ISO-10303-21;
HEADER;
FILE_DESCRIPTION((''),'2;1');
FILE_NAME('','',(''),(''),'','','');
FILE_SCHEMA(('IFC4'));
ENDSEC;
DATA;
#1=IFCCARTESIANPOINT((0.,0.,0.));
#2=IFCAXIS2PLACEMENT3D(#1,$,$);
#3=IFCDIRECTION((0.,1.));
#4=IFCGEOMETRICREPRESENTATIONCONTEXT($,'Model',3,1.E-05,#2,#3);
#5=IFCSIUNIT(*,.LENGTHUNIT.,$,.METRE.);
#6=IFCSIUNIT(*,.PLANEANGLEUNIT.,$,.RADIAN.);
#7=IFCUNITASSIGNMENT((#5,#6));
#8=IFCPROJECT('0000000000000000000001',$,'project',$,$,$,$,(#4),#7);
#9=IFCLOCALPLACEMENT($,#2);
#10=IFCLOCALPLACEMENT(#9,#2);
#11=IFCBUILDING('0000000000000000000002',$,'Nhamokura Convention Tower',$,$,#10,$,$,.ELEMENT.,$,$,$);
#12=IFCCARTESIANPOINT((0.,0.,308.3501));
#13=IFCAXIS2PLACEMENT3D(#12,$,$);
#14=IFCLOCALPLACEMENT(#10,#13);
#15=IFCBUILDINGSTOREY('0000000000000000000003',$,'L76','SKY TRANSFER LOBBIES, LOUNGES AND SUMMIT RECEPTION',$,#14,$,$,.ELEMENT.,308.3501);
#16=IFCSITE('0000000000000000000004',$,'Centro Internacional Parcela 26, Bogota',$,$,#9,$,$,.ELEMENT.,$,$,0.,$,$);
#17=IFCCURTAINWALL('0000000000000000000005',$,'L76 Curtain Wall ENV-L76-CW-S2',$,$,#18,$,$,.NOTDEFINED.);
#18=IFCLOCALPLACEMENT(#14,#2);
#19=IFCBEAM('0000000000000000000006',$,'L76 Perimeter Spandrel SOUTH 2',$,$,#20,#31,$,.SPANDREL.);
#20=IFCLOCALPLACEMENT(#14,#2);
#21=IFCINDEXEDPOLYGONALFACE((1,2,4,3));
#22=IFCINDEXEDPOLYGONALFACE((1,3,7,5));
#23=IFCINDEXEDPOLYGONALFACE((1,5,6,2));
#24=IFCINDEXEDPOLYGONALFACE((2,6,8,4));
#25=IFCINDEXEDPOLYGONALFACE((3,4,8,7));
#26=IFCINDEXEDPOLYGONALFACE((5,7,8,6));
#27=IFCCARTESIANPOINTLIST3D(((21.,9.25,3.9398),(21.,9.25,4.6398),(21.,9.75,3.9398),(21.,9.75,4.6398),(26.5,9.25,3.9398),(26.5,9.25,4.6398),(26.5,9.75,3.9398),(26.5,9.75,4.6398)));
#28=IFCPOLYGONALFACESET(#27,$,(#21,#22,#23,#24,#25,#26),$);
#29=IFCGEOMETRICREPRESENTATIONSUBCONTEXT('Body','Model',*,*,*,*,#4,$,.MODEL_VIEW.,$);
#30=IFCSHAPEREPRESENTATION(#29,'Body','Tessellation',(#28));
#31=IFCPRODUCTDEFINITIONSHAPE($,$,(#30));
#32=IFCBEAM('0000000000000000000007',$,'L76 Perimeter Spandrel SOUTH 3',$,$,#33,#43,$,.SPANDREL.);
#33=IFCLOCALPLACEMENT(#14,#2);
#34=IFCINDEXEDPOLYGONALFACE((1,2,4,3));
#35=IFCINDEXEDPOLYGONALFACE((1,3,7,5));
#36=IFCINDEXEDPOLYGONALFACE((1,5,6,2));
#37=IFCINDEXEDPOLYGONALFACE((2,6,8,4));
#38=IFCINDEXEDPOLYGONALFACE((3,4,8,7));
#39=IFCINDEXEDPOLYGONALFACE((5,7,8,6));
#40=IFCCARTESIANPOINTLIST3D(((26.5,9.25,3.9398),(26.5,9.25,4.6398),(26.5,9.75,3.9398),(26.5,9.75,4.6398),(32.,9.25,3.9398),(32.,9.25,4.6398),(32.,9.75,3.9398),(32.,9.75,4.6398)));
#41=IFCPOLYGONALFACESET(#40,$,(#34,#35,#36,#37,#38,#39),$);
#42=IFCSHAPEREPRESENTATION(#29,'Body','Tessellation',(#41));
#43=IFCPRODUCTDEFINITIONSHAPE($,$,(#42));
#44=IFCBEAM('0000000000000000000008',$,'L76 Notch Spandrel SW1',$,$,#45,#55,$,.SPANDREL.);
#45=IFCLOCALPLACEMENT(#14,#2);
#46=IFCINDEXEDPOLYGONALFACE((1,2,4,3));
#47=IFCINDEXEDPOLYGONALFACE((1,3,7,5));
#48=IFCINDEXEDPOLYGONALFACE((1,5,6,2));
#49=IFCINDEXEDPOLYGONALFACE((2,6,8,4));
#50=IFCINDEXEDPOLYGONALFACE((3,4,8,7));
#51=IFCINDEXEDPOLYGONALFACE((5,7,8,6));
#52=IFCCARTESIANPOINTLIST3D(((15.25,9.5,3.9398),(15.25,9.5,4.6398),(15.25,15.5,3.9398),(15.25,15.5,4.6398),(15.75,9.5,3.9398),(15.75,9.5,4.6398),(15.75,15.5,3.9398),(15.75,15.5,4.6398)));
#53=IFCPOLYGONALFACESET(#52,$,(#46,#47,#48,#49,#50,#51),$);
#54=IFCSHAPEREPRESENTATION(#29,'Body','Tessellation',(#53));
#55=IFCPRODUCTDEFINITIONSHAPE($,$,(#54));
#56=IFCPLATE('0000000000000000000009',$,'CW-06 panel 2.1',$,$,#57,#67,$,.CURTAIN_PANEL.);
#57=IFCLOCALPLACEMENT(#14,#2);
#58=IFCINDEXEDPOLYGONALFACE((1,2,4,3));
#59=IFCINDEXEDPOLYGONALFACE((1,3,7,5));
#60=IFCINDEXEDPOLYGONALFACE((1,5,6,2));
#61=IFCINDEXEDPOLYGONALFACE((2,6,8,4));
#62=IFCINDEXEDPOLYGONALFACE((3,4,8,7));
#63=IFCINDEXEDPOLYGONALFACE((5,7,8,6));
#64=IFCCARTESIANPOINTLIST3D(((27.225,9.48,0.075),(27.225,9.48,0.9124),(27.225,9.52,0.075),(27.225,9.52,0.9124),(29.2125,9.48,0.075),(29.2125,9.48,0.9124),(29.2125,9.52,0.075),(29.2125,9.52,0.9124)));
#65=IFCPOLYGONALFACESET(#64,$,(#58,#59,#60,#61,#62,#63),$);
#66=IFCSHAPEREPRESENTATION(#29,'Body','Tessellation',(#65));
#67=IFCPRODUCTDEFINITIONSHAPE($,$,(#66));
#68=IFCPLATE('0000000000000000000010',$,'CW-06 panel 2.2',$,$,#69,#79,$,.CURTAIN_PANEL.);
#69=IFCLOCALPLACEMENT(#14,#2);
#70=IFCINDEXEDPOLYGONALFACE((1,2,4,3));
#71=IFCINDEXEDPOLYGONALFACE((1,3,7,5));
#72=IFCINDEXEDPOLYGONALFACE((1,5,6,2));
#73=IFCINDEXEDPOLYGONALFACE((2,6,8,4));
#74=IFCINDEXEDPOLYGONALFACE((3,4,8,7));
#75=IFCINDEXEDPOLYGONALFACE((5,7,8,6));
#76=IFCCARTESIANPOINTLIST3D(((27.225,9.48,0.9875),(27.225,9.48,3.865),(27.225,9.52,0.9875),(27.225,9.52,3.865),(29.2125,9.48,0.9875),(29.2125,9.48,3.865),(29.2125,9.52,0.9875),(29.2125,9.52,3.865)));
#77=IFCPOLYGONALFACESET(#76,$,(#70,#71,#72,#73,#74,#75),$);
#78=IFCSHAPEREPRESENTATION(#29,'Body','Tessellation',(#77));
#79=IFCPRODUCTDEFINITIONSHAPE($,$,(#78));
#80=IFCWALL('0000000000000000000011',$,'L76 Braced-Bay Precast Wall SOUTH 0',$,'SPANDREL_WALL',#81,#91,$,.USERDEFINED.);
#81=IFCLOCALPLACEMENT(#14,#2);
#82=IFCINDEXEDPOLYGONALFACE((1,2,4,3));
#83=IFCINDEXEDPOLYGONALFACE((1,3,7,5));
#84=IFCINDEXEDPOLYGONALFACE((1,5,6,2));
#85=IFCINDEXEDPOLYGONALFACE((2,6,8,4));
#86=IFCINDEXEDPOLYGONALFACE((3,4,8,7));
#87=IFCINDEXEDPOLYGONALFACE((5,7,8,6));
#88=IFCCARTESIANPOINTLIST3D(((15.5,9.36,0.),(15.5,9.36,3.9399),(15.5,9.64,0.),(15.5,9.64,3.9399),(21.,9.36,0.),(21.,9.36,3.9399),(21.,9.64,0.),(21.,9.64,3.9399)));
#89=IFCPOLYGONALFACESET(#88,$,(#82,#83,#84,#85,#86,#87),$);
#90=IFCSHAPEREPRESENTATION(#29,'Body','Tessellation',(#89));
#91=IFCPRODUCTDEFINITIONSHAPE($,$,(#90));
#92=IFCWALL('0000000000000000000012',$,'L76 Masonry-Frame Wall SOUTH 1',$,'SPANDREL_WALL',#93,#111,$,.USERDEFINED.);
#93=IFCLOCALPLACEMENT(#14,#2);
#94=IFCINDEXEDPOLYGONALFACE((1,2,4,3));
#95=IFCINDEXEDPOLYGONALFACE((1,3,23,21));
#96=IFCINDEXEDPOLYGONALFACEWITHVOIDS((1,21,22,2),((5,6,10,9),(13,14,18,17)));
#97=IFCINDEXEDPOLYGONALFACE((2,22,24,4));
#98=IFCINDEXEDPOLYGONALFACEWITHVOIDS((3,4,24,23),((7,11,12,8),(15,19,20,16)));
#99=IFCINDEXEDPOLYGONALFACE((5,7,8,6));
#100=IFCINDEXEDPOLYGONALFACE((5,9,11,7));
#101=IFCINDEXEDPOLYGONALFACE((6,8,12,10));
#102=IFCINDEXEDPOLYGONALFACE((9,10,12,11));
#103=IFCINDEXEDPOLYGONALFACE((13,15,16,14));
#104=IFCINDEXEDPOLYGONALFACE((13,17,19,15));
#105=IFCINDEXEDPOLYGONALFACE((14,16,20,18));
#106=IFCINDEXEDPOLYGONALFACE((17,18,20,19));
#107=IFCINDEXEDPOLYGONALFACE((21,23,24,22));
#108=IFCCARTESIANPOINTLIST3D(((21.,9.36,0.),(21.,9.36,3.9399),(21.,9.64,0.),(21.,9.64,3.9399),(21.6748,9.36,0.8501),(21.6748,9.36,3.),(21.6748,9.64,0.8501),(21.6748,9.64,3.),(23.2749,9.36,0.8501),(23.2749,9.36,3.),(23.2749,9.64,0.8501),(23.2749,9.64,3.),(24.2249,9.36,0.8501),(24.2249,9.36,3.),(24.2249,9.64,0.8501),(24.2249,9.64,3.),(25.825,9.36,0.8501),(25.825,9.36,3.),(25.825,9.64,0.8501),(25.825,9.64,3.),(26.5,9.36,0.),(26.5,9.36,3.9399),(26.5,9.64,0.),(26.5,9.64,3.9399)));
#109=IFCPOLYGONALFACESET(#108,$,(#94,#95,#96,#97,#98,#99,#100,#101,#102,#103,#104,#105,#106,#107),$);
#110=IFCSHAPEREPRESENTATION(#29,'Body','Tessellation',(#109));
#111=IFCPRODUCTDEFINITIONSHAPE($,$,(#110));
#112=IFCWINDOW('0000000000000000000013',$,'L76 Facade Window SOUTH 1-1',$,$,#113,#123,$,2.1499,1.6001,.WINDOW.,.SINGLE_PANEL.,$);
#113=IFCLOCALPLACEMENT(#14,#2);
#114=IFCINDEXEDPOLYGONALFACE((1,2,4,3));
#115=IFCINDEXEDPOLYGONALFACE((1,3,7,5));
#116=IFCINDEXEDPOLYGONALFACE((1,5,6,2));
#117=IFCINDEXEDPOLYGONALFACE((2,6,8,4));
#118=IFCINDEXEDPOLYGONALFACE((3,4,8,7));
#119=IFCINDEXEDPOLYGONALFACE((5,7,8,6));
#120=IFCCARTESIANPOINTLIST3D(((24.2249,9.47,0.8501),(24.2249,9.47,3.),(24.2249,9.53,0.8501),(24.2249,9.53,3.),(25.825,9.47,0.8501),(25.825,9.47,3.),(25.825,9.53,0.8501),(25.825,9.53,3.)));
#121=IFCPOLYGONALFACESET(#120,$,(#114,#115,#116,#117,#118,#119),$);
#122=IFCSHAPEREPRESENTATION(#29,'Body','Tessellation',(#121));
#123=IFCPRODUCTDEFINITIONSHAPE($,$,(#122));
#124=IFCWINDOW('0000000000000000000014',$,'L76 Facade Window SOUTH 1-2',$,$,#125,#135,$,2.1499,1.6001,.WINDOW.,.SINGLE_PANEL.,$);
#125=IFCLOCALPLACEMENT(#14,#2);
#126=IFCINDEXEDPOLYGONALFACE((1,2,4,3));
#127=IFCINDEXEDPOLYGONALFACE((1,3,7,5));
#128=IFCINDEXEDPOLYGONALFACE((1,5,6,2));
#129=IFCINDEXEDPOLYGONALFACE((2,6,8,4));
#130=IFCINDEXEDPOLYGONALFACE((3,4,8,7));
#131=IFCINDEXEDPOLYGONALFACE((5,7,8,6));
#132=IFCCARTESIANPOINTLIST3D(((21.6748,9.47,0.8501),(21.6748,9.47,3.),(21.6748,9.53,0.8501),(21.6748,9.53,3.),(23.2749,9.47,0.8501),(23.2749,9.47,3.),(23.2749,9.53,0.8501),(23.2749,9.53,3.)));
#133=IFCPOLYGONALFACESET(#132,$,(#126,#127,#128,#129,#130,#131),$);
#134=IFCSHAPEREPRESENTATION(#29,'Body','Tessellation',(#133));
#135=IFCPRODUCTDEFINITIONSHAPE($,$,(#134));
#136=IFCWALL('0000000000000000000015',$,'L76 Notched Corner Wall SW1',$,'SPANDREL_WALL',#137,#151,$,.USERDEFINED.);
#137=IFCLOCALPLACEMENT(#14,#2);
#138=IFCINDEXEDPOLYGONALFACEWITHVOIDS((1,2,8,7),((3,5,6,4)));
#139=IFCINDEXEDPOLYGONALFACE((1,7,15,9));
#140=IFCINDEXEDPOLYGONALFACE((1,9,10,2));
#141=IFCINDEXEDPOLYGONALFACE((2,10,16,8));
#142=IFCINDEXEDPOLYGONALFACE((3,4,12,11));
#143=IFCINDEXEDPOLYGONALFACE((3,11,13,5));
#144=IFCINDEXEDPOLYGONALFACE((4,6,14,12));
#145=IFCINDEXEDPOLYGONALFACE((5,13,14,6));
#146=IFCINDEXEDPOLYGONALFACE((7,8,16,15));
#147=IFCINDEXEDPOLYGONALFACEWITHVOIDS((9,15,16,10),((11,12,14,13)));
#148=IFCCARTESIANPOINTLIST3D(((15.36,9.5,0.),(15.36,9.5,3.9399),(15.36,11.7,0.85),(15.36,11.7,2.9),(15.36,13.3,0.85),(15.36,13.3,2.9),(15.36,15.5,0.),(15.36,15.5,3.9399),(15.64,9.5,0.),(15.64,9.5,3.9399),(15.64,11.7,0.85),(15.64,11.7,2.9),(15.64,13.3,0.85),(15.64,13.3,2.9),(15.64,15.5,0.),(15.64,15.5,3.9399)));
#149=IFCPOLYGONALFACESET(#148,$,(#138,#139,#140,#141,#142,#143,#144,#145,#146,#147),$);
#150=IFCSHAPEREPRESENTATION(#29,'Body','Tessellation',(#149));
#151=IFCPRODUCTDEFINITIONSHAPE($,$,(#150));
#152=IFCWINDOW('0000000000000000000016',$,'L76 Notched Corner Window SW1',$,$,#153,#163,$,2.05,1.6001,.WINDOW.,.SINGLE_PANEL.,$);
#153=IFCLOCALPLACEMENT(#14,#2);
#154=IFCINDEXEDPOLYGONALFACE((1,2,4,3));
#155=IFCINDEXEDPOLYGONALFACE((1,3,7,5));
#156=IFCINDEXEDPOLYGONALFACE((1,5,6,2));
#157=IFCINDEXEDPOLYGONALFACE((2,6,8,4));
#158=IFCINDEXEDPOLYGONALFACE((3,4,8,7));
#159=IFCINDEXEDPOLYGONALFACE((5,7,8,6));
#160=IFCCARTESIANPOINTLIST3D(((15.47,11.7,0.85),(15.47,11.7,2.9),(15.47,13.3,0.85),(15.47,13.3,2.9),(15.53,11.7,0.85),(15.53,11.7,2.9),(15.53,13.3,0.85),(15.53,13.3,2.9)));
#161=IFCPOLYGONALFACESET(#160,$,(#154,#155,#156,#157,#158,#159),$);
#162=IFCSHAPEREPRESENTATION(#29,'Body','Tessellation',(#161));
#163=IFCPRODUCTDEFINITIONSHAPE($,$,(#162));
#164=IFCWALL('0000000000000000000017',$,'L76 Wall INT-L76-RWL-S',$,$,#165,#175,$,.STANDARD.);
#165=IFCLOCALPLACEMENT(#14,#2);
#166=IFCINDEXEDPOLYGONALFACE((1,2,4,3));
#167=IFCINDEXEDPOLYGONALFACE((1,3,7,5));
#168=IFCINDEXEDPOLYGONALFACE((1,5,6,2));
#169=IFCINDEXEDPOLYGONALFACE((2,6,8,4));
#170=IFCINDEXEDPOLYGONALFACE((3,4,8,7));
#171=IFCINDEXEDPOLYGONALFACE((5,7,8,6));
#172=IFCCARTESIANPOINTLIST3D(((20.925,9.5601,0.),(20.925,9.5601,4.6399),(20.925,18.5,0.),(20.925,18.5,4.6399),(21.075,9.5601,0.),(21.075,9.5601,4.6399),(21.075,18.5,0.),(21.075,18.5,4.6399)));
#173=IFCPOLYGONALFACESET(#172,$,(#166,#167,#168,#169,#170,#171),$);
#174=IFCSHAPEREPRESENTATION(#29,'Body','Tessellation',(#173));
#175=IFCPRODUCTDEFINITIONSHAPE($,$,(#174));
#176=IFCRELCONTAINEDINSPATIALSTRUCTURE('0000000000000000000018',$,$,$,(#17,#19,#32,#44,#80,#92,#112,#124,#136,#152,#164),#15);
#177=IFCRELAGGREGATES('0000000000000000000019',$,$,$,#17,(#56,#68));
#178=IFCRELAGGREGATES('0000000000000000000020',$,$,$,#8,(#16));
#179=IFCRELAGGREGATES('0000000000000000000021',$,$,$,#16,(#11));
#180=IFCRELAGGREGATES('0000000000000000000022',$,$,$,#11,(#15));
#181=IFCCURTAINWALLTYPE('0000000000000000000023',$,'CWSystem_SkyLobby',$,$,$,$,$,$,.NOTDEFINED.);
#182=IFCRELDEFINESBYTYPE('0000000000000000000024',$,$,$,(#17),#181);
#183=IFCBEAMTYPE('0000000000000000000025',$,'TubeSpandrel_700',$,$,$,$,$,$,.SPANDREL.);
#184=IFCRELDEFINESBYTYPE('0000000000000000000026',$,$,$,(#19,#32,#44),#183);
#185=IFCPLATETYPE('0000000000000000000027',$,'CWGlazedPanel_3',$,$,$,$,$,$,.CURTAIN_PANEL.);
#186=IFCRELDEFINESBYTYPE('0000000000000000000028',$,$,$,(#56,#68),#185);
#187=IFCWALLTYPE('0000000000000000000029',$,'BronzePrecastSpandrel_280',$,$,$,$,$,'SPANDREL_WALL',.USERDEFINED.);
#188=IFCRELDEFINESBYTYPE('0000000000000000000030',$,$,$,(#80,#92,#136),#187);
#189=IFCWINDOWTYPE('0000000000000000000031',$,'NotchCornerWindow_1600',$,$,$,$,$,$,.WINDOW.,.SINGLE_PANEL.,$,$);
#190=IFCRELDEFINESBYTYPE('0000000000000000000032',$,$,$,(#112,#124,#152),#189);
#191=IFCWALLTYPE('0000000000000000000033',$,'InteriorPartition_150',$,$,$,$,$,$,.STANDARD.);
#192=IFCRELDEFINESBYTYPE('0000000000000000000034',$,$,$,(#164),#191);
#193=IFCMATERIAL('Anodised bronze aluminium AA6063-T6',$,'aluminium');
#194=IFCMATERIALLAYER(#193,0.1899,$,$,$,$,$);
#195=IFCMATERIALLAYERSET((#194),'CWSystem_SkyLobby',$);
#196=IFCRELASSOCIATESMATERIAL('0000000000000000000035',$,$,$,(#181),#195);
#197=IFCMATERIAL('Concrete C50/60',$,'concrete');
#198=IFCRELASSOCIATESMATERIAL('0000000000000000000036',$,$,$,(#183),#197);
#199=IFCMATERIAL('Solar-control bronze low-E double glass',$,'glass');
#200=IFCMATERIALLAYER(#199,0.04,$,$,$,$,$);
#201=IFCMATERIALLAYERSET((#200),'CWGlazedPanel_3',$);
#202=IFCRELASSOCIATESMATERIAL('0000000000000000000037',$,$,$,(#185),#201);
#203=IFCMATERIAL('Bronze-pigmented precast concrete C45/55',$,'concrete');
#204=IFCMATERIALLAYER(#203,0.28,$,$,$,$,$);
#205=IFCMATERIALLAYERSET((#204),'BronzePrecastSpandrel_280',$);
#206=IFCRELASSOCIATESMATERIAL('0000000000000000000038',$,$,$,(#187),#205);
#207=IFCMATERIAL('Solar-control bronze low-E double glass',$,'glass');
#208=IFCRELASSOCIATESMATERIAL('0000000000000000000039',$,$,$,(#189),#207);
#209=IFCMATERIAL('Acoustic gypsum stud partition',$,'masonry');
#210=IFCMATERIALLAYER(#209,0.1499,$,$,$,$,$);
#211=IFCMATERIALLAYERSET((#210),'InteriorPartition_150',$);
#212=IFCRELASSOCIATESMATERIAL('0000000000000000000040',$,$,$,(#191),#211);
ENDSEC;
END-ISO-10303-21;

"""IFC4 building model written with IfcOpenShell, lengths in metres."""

from ifc_helpers import new_model, si_unit, direction, frame, frame_2d, origin, origin_2d, place, context, subcontext, project, spatial, rectangle, extrude, material, layer, layer_set, material_profile, profile_set, type_object, element, fill, aggregate, save


model = new_model("IFC4")

# Units and contexts
model_context = context("Model", 3, precision=1e-05, world=origin(), true_north=direction((0.0, 1.0)))
body_context = subcontext(model_context, "Body", "Model", "MODEL_VIEW")
ifc_project = project(units=[si_unit("LENGTHUNIT", "METRE"), si_unit("PLANEANGLEUNIT", "RADIAN")], contexts=[model_context])

# Site, building, storey
site_placement = place(None, origin())
site = spatial("IfcSite", under=ifc_project, at=site_placement, Name="Centro Internacional Parcela 26, Bogota", CompositionType="ELEMENT", RefElevation=0.0)
building_placement = place(site_placement, origin())
building = spatial("IfcBuilding", under=site, at=building_placement, Name="Nhamokura Convention Tower", CompositionType="ELEMENT")
storey_placement = place(building_placement, frame((0.0, 0.0, 308.3501)))
storey = spatial("IfcBuildingStorey", under=building, at=storey_placement, Name="L76", Description="SKY TRANSFER LOBBIES, LOUNGES AND SUMMIT RECEPTION", CompositionType="ELEMENT", Elevation=308.3501)

# Curtain wall
ifc_material_1 = material(Name="Anodised bronze aluminium AA6063-T6", Category="aluminium")
ifc_layer_1 = layer(ifc_material_1, 0.1899)
ifc_layer_set_1 = layer_set([ifc_layer_1], Name="CWSystem_SkyLobby")
curtain_wall_type = type_object("IfcCurtainWallType", Name="CWSystem_SkyLobby", PredefinedType="NOTDEFINED", material=ifc_layer_set_1)
curtain_wall_placement = place(storey_placement, origin())
curtain_wall = element("IfcCurtainWall", 1, at=curtain_wall_placement, inside=storey, type_object=curtain_wall_type, Name="L76 Curtain Wall ENV-L76-CW-S2", PredefinedType="NOTDEFINED")

# Beams
ifc_material_2 = material(Name="Concrete C50/60", Category="concrete")
ifc_material_profile_1 = material_profile(ifc_material_2, rectangle(XDim=0.5, YDim=0.7, at=origin_2d()))
ifc_profile_set_1 = profile_set([ifc_material_profile_1], Name="Concrete C50/60")
beam_type_1 = type_object("IfcBeamType", Name="TubeSpandrel_700", PredefinedType="SPANDREL", material=ifc_profile_set_1)
for number, where, z_axis, x_axis, name in (
    (2, (21.0, 9.5, 4.2898), (1.0, 0.0, 0.0), (0.0, 1.0, 0.0), "L76 Perimeter Spandrel SOUTH 2"),
    (3, (26.5, 9.5, 4.2898), (1.0, 0.0, 0.0), (0.0, 1.0, 0.0), "L76 Perimeter Spandrel SOUTH 3"),
):
    element("IfcBeam", number, at=place(storey_placement, frame(where, z_axis=z_axis, x_axis=x_axis)), inside=storey, type_object=beam_type_1, Name=name, PredefinedType="SPANDREL", context=body_context, shape_type="SweptSolid", body=[
        extrude(rectangle(XDim=0.5, YDim=0.7, at=origin_2d()), origin(), (0.0, 0.0, 1.0), 5.5),
    ])
beam_1_placement = place(storey_placement, frame((15.5, 9.5, 4.2898), z_axis=(0.0, 1.0, 0.0), x_axis=(-1.0, 0.0, 0.0)))
element("IfcBeam", 4, at=beam_1_placement, inside=storey, type_object=beam_type_1, Name="L76 Notch Spandrel SW1", PredefinedType="SPANDREL", context=body_context, shape_type="SweptSolid", body=[
    extrude(rectangle(XDim=0.5, YDim=0.7, at=origin_2d()), origin(), (0.0, 0.0, 1.0), 6.0),
])

# Plates
ifc_material_3 = material(Name="Solar-control bronze low-E double glass", Category="glass")
ifc_layer_2 = layer(ifc_material_3, 0.04)
ifc_layer_set_2 = layer_set([ifc_layer_2], Name="CWGlazedPanel_3")
plate_type = type_object("IfcPlateType", Name="CWGlazedPanel_3", PredefinedType="CURTAIN_PANEL", material=ifc_layer_set_2)
plate_1_placement = place(storey_placement, frame((28.2188, 9.5, 0.075), z_axis=(0.0, 0.0, 1.0), x_axis=(-1.0, 0.0, 0.0)))
plate_1 = element("IfcPlate", 5, at=plate_1_placement, type_object=plate_type, Name="CW-06 panel 2.1", PredefinedType="CURTAIN_PANEL", context=body_context, shape_type="SweptSolid", body=[
    extrude(rectangle(XDim=1.9875, YDim=0.04, at=origin_2d()), origin(), (0.0, 0.0, 1.0), 0.8374),
])
plate_2_placement = place(storey_placement, frame((28.2188, 9.5, 0.9875), z_axis=(0.0, 0.0, 1.0), x_axis=(-1.0, 0.0, 0.0)))
plate_2 = element("IfcPlate", 6, at=plate_2_placement, type_object=plate_type, Name="CW-06 panel 2.2", PredefinedType="CURTAIN_PANEL", context=body_context, shape_type="SweptSolid", body=[
    extrude(rectangle(XDim=1.9875, YDim=0.04, at=origin_2d()), origin(), (0.0, 0.0, 1.0), 2.8774),
])
aggregate(curtain_wall, [plate_1, plate_2])

# Wall
ifc_material_4 = material(Name="Bronze-pigmented precast concrete C45/55", Category="concrete")
ifc_layer_3 = layer(ifc_material_4, 0.28)
ifc_layer_set_3 = layer_set([ifc_layer_3], Name="BronzePrecastSpandrel_280")
wall_type_1 = type_object("IfcWallType", Name="BronzePrecastSpandrel_280", ElementType="SPANDREL_WALL", PredefinedType="USERDEFINED", material=ifc_layer_set_3)
wall_1_placement = place(storey_placement, frame((21.0, 9.5, 0.0), z_axis=(0.0, 0.0, 1.0), x_axis=(-1.0, 0.0, 0.0)))
element("IfcWall", 7, at=wall_1_placement, inside=storey, type_object=wall_type_1, Name="L76 Braced-Bay Precast Wall SOUTH 0", ObjectType="SPANDREL_WALL", PredefinedType="USERDEFINED", context=body_context, shape_type="SweptSolid", body=[
    extrude(rectangle(XDim=5.5, YDim=0.28, at=frame_2d((2.75, 0.0))), origin(), (0.0, 0.0, 1.0), 3.9399),
])

# Wall, openings, windows
wall_2_placement = place(storey_placement, frame((26.5, 9.5, 0.0), z_axis=(0.0, 0.0, 1.0), x_axis=(-1.0, 0.0, 0.0)))
wall_2 = element("IfcWall", 8, at=wall_2_placement, inside=storey, type_object=wall_type_1, Name="L76 Masonry-Frame Wall SOUTH 1", ObjectType="SPANDREL_WALL", PredefinedType="USERDEFINED", context=body_context, shape_type="SweptSolid", body=[
    extrude(rectangle(XDim=5.5, YDim=0.28, at=frame_2d((2.75, 0.0))), origin(), (0.0, 0.0, 1.0), 3.9399),
])
opening_1_placement = place(wall_2_placement, frame((0.675, 0.0, 0.8501)))
opening_1 = element("IfcOpeningElement", 9, at=opening_1_placement, cuts=wall_2, PredefinedType="OPENING", context=body_context, shape_type="SweptSolid", body=[
    extrude(rectangle(XDim=1.6001, YDim=2.1499, at=frame_2d((0.8, 1.075))), frame((0.0, 0.1499, 0.0), z_axis=(0.0, -1.0, 0.0), x_axis=(1.0, 0.0, 0.0)), (0.0, 0.0, 1.0), 0.3),
])
opening_2_placement = place(wall_2_placement, frame((3.2251, 0.0, 0.8501)))
opening_2 = element("IfcOpeningElement", 10, at=opening_2_placement, cuts=wall_2, PredefinedType="OPENING", context=body_context, shape_type="SweptSolid", body=[
    extrude(rectangle(XDim=1.6001, YDim=2.1499, at=frame_2d((0.8, 1.075))), frame((0.0, 0.1499, 0.0), z_axis=(0.0, -1.0, 0.0), x_axis=(1.0, 0.0, 0.0)), (0.0, 0.0, 1.0), 0.3),
])
ifc_material_5 = material(Name="Solar-control bronze low-E double glass", Category="glass")
window_type = type_object("IfcWindowType", Name="NotchCornerWindow_1600", PartitioningType="SINGLE_PANEL", PredefinedType="WINDOW", material=ifc_material_5)
window_1_placement = place(opening_1_placement, origin())
window_1 = element("IfcWindow", 11, at=window_1_placement, inside=storey, type_object=window_type, Name="L76 Facade Window SOUTH 1-1", OverallHeight=2.1499, OverallWidth=1.6001, PartitioningType="SINGLE_PANEL", PredefinedType="WINDOW", context=body_context, shape_type="SweptSolid", body=[
    extrude(rectangle(XDim=1.6001, YDim=2.1499, at=frame_2d((0.8, 1.075))), frame((0.0, 0.03, 0.0), z_axis=(0.0, -1.0, 0.0), x_axis=(1.0, 0.0, 0.0)), (0.0, 0.0, 1.0), 0.0601),
])
fill(opening_1, window_1)
window_2_placement = place(opening_2_placement, origin())
window_2 = element("IfcWindow", 12, at=window_2_placement, inside=storey, type_object=window_type, Name="L76 Facade Window SOUTH 1-2", OverallHeight=2.1499, OverallWidth=1.6001, PartitioningType="SINGLE_PANEL", PredefinedType="WINDOW", context=body_context, shape_type="SweptSolid", body=[
    extrude(rectangle(XDim=1.6001, YDim=2.1499, at=frame_2d((0.8, 1.075))), frame((0.0, 0.03, 0.0), z_axis=(0.0, -1.0, 0.0), x_axis=(1.0, 0.0, 0.0)), (0.0, 0.0, 1.0), 0.0601),
])
fill(opening_2, window_2)

# Wall, opening, window
wall_3_placement = place(storey_placement, frame((15.5, 9.5, 0.0), z_axis=(0.0, 0.0, 1.0), x_axis=(0.0, 1.0, 0.0)))
wall_3 = element("IfcWall", 13, at=wall_3_placement, inside=storey, type_object=wall_type_1, Name="L76 Notched Corner Wall SW1", ObjectType="SPANDREL_WALL", PredefinedType="USERDEFINED", context=body_context, shape_type="SweptSolid", body=[
    extrude(rectangle(XDim=6.0, YDim=0.28, at=frame_2d((3.0, 0.0))), origin(), (0.0, 0.0, 1.0), 3.9399),
])
opening_3_placement = place(wall_3_placement, frame((2.2, 0.0, 0.8501)))
opening_3 = element("IfcOpeningElement", 14, at=opening_3_placement, cuts=wall_3, PredefinedType="OPENING", context=body_context, shape_type="SweptSolid", body=[
    extrude(rectangle(XDim=1.6001, YDim=2.05, at=frame_2d((0.8, 1.0249))), frame((0.0, 0.1499, 0.0), z_axis=(0.0, -1.0, 0.0), x_axis=(1.0, 0.0, 0.0)), (0.0, 0.0, 1.0), 0.3),
])
window_3_placement = place(opening_3_placement, origin())
window_3 = element("IfcWindow", 15, at=window_3_placement, inside=storey, type_object=window_type, Name="L76 Notched Corner Window SW1", OverallHeight=2.05, OverallWidth=1.6001, PartitioningType="SINGLE_PANEL", PredefinedType="WINDOW", context=body_context, shape_type="SweptSolid", body=[
    extrude(rectangle(XDim=1.6001, YDim=2.05, at=frame_2d((0.8, 1.0249))), frame((0.0, 0.03, 0.0), z_axis=(0.0, -1.0, 0.0), x_axis=(1.0, 0.0, 0.0)), (0.0, 0.0, 1.0), 0.0601),
])
fill(opening_3, window_3)

# Wall
ifc_material_6 = material(Name="Acoustic gypsum stud partition", Category="masonry")
ifc_layer_4 = layer(ifc_material_6, 0.1499)
ifc_layer_set_4 = layer_set([ifc_layer_4], Name="InteriorPartition_150")
wall_type_2 = type_object("IfcWallType", Name="InteriorPartition_150", PredefinedType="STANDARD", material=ifc_layer_set_4)
wall_4_placement = place(storey_placement, frame((21.0, 9.5601, 0.0), z_axis=(0.0, 0.0, 1.0), x_axis=(0.0, 1.0, 0.0)))
element("IfcWall", 16, at=wall_4_placement, inside=storey, type_object=wall_type_2, Name="L76 Wall INT-L76-RWL-S", PredefinedType="STANDARD", context=body_context, shape_type="SweptSolid", body=[
    extrude(rectangle(XDim=8.9399, YDim=0.1499, at=frame_2d((4.47, 0.0))), origin(), (0.0, 0.0, 1.0), 4.6399),
])

save(model, "model.ifc")
